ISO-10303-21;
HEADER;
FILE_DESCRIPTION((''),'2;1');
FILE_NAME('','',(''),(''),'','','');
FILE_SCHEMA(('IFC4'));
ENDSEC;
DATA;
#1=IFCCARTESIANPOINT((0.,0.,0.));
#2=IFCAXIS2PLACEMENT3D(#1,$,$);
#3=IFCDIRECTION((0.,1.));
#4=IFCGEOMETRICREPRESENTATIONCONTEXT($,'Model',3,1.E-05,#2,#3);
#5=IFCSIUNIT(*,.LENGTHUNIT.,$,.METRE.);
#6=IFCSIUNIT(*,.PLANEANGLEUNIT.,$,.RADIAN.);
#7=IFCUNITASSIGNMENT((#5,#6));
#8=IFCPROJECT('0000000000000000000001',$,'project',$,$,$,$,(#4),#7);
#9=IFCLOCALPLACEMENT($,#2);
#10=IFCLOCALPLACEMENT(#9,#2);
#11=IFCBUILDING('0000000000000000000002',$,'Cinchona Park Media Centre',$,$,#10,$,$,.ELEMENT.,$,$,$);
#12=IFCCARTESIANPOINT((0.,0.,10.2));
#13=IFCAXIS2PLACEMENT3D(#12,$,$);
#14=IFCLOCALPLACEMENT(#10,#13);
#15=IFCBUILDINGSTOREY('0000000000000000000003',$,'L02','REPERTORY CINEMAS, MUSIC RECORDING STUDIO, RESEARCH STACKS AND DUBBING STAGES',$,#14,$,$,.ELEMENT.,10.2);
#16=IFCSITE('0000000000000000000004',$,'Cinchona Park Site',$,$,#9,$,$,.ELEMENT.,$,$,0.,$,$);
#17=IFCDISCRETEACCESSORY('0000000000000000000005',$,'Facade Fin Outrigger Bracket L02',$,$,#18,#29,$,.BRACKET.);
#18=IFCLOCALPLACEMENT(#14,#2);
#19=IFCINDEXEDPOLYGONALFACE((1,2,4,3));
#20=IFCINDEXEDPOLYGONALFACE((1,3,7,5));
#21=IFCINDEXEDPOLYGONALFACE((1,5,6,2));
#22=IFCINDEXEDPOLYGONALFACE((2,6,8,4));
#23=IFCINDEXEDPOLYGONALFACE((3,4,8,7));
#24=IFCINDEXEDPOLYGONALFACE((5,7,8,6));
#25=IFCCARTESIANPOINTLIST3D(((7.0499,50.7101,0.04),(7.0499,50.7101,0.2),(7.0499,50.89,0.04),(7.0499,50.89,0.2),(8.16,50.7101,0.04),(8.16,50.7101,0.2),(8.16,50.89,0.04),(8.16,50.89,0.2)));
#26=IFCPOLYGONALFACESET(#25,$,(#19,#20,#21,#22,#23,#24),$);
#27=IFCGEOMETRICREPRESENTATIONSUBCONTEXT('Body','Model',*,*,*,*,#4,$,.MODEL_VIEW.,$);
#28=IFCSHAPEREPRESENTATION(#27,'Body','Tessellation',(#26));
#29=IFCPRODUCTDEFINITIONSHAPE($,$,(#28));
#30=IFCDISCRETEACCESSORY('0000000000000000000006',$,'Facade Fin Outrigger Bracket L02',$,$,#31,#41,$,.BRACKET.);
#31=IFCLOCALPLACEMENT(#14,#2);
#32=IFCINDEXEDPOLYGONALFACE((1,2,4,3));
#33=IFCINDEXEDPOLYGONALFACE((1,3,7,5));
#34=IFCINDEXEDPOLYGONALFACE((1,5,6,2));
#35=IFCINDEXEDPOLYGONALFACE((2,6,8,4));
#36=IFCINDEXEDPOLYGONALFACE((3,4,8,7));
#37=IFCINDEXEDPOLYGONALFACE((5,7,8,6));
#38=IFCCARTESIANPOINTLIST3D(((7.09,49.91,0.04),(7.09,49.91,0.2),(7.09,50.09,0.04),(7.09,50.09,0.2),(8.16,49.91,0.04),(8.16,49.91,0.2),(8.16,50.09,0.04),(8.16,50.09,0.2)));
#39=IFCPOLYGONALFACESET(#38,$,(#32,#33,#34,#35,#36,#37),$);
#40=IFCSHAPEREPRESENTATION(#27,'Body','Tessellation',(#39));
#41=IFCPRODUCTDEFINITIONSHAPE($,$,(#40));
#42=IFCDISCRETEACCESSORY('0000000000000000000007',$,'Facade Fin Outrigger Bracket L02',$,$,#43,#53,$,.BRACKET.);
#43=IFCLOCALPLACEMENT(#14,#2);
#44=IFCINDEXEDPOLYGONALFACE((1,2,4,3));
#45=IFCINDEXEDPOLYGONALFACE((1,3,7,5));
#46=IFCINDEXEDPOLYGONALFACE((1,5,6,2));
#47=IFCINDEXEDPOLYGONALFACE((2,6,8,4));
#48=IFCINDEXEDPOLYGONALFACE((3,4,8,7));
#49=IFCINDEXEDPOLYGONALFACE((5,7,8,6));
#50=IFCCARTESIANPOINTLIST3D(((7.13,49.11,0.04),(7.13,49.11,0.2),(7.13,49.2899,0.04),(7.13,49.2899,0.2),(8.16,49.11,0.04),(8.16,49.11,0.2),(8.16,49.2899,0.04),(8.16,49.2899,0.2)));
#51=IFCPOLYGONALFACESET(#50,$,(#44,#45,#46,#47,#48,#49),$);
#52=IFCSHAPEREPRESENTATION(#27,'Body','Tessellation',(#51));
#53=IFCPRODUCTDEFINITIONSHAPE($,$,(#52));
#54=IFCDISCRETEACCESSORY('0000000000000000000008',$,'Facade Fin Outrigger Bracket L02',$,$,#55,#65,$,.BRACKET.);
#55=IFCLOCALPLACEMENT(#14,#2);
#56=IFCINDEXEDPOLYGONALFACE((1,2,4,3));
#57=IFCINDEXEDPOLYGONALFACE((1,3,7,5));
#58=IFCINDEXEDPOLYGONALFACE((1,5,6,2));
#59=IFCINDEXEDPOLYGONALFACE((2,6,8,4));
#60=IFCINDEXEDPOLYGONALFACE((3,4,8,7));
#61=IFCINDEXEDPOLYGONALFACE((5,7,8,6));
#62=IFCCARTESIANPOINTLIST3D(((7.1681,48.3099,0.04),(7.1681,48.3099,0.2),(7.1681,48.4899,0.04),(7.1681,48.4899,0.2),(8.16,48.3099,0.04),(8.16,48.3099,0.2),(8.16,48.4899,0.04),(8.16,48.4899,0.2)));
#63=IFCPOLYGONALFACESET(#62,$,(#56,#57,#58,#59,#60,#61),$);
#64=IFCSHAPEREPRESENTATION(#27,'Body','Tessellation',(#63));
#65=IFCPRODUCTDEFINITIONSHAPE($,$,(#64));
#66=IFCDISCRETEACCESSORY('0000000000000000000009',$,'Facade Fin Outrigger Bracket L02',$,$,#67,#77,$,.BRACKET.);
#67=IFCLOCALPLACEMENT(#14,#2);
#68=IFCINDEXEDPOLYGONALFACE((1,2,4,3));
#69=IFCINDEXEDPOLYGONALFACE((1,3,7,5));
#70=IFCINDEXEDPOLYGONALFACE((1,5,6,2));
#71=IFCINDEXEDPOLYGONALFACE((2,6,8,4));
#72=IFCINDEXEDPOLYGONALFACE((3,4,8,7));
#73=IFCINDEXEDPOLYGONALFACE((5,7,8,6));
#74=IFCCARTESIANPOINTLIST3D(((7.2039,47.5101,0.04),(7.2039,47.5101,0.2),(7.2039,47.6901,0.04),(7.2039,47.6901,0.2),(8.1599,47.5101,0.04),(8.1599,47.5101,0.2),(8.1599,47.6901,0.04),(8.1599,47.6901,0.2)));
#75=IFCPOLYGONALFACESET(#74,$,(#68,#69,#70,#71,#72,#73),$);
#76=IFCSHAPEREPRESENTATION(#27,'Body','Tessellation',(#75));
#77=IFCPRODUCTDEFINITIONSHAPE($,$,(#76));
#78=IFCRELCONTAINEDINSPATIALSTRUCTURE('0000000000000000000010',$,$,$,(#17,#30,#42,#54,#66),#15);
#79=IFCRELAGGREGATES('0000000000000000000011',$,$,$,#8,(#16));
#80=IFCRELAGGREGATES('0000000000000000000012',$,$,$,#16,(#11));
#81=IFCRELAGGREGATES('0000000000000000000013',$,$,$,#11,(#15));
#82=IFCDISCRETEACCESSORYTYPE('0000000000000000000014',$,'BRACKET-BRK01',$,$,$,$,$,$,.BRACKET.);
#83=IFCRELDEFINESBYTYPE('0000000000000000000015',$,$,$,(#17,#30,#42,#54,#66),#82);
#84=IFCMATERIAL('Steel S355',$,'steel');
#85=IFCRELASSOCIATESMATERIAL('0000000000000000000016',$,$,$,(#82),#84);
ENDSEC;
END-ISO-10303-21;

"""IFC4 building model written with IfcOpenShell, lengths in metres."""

from ifc_helpers import new_model, si_unit, direction, frame, origin, origin_2d, place, context, subcontext, project, spatial, rectangle, extrude, material, type_object, element, save


model = new_model("IFC4")

# Units and contexts
model_context = context("Model", 3, precision=1e-05, world=origin(), true_north=direction((0.0, 1.0)))
body_context = subcontext(model_context, "Body", "Model", "MODEL_VIEW")
ifc_project = project(units=[si_unit("LENGTHUNIT", "METRE"), si_unit("PLANEANGLEUNIT", "RADIAN")], contexts=[model_context])

# Site, building, storey
site_placement = place(None, origin())
site = spatial("IfcSite", under=ifc_project, at=site_placement, Name="Cinchona Park Site", CompositionType="ELEMENT", RefElevation=0.0)
building_placement = place(site_placement, origin())
building = spatial("IfcBuilding", under=site, at=building_placement, Name="Cinchona Park Media Centre", CompositionType="ELEMENT")
storey_placement = place(building_placement, frame((0.0, 0.0, 10.2)))
storey = spatial("IfcBuildingStorey", under=building, at=storey_placement, Name="L02", Description="REPERTORY CINEMAS, MUSIC RECORDING STUDIO, RESEARCH STACKS AND DUBBING STAGES", CompositionType="ELEMENT", Elevation=10.2)

# Discrete accessories
ifc_material_1 = material(Name="Steel S355", Category="steel")
discrete_accessory_type = type_object("IfcDiscreteAccessoryType", Name="BRACKET-BRK01", PredefinedType="BRACKET", material=ifc_material_1)
discrete_accessory_1_placement = place(storey_placement, frame((7.605, 50.8, 0.04), z_axis=(0.0, 0.0, 1.0), x_axis=(0.0, -1.0, 0.0)))
element("IfcDiscreteAccessory", 1, at=discrete_accessory_1_placement, inside=storey, type_object=discrete_accessory_type, Name="Facade Fin Outrigger Bracket L02", PredefinedType="BRACKET", context=body_context, shape_type="SweptSolid", body=[
    extrude(rectangle(XDim=0.1799, YDim=1.1101, at=origin_2d()), origin(), (0.0, 0.0, 1.0), 0.1599),
])
discrete_accessory_2_placement = place(storey_placement, frame((7.625, 50.0, 0.04), z_axis=(0.0, 0.0, 1.0), x_axis=(0.0, -1.0, 0.0)))
element("IfcDiscreteAccessory", 2, at=discrete_accessory_2_placement, inside=storey, type_object=discrete_accessory_type, Name="Facade Fin Outrigger Bracket L02", PredefinedType="BRACKET", context=body_context, shape_type="SweptSolid", body=[
    extrude(rectangle(XDim=0.1799, YDim=1.0701, at=origin_2d()), origin(), (0.0, 0.0, 1.0), 0.1599),
])
discrete_accessory_3_placement = place(storey_placement, frame((7.645, 49.2, 0.04), z_axis=(0.0, 0.0, 1.0), x_axis=(0.0, -1.0, 0.0)))
element("IfcDiscreteAccessory", 3, at=discrete_accessory_3_placement, inside=storey, type_object=discrete_accessory_type, Name="Facade Fin Outrigger Bracket L02", PredefinedType="BRACKET", context=body_context, shape_type="SweptSolid", body=[
    extrude(rectangle(XDim=0.1799, YDim=1.03, at=origin_2d()), origin(), (0.0, 0.0, 1.0), 0.1599),
])
discrete_accessory_4_placement = place(storey_placement, frame((7.6641, 48.3999, 0.04), z_axis=(0.0, 0.0, 1.0), x_axis=(0.0, -1.0, 0.0)))
element("IfcDiscreteAccessory", 4, at=discrete_accessory_4_placement, inside=storey, type_object=discrete_accessory_type, Name="Facade Fin Outrigger Bracket L02", PredefinedType="BRACKET", context=body_context, shape_type="SweptSolid", body=[
    extrude(rectangle(XDim=0.1799, YDim=0.9919, at=origin_2d()), origin(), (0.0, 0.0, 1.0), 0.1599),
])
discrete_accessory_5_placement = place(storey_placement, frame((7.6819, 47.6001, 0.04), z_axis=(0.0, 0.0, 1.0), x_axis=(0.0, -1.0, 0.0)))
element("IfcDiscreteAccessory", 5, at=discrete_accessory_5_placement, inside=storey, type_object=discrete_accessory_type, Name="Facade Fin Outrigger Bracket L02", PredefinedType="BRACKET", context=body_context, shape_type="SweptSolid", body=[
    extrude(rectangle(XDim=0.1799, YDim=0.9561, at=origin_2d()), origin(), (0.0, 0.0, 1.0), 0.1599),
])

save(model, "model.ifc")
